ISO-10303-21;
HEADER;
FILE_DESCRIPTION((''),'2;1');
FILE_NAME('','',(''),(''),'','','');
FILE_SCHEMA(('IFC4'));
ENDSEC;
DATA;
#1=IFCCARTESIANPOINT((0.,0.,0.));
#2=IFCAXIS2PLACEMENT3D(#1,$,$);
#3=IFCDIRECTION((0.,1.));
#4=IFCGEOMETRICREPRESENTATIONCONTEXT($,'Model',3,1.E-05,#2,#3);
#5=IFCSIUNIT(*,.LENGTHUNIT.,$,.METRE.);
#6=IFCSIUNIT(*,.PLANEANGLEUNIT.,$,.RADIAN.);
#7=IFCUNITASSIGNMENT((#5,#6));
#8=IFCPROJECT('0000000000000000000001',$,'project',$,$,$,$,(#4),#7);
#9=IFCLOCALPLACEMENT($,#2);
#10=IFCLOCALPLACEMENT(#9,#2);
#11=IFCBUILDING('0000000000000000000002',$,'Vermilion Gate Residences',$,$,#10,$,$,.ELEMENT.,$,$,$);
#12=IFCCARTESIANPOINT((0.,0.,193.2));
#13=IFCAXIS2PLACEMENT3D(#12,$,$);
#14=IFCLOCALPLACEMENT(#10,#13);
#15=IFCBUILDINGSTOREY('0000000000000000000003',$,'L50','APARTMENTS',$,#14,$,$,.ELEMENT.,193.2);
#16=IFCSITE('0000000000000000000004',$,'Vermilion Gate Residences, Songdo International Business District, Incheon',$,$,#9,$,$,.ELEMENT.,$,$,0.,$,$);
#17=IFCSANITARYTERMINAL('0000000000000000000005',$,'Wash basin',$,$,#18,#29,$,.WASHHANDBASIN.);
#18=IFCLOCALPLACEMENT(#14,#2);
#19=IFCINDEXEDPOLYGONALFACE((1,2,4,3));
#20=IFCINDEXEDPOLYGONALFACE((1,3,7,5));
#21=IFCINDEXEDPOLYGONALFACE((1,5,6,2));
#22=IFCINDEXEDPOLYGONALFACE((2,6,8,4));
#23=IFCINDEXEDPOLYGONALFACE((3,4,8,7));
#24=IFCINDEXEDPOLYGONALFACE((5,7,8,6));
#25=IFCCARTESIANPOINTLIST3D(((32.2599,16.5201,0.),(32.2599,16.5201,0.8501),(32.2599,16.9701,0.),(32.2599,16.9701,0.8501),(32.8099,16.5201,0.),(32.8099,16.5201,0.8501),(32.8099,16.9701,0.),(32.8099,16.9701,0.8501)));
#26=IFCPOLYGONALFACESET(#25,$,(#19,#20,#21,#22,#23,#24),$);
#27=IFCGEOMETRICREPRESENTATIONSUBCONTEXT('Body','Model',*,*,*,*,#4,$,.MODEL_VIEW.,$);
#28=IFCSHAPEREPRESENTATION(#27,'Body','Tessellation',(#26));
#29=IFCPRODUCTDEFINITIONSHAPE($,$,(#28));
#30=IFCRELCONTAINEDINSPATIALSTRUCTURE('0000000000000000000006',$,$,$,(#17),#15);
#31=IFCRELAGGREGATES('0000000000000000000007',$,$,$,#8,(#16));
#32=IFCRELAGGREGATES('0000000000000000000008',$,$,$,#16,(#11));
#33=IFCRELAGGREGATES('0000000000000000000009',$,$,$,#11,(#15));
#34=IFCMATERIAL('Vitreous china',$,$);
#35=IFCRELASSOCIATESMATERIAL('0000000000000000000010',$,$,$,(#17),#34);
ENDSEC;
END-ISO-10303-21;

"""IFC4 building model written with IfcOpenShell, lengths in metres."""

from ifc_helpers import new_model, si_unit, direction, frame, origin, origin_2d, place, context, subcontext, project, spatial, rectangle, extrude, material, element, save


model = new_model("IFC4")

# Units and contexts
model_context = context("Model", 3, precision=1e-05, world=origin(), true_north=direction((0.0, 1.0)))
body_context = subcontext(model_context, "Body", "Model", "MODEL_VIEW")
ifc_project = project(units=[si_unit("LENGTHUNIT", "METRE"), si_unit("PLANEANGLEUNIT", "RADIAN")], contexts=[model_context])

# Site, building, storey
site_placement = place(None, origin())
site = spatial("IfcSite", under=ifc_project, at=site_placement, Name="Vermilion Gate Residences, Songdo International Business District, Incheon", CompositionType="ELEMENT", RefElevation=0.0)
building_placement = place(site_placement, origin())
building = spatial("IfcBuilding", under=site, at=building_placement, Name="Vermilion Gate Residences", CompositionType="ELEMENT")
storey_placement = place(building_placement, frame((0.0, 0.0, 193.2)))
storey = spatial("IfcBuildingStorey", under=building, at=storey_placement, Name="L50", Description="APARTMENTS", CompositionType="ELEMENT", Elevation=193.2)

# Sanitary terminal
ifc_material_1 = material(Name="Vitreous china")
for number, where, z_axis, x_axis, name in (
    (1, (32.5349, 16.7451, 0.0), (0.0, 0.0, 1.0), (1.0, 0.0, 0.0), "Wash basin"),
):
    element("IfcSanitaryTerminal", number, at=place(storey_placement, frame(where, z_axis=z_axis, x_axis=x_axis)), inside=storey, material=ifc_material_1, Name=name, PredefinedType="WASHHANDBASIN", context=body_context, shape_type="SweptSolid", body=[
        extrude(rectangle(XDim=0.55, YDim=0.45, at=origin_2d()), origin(), (0.0, 0.0, 1.0), 0.8501),
    ])

save(model, "model.ifc")
